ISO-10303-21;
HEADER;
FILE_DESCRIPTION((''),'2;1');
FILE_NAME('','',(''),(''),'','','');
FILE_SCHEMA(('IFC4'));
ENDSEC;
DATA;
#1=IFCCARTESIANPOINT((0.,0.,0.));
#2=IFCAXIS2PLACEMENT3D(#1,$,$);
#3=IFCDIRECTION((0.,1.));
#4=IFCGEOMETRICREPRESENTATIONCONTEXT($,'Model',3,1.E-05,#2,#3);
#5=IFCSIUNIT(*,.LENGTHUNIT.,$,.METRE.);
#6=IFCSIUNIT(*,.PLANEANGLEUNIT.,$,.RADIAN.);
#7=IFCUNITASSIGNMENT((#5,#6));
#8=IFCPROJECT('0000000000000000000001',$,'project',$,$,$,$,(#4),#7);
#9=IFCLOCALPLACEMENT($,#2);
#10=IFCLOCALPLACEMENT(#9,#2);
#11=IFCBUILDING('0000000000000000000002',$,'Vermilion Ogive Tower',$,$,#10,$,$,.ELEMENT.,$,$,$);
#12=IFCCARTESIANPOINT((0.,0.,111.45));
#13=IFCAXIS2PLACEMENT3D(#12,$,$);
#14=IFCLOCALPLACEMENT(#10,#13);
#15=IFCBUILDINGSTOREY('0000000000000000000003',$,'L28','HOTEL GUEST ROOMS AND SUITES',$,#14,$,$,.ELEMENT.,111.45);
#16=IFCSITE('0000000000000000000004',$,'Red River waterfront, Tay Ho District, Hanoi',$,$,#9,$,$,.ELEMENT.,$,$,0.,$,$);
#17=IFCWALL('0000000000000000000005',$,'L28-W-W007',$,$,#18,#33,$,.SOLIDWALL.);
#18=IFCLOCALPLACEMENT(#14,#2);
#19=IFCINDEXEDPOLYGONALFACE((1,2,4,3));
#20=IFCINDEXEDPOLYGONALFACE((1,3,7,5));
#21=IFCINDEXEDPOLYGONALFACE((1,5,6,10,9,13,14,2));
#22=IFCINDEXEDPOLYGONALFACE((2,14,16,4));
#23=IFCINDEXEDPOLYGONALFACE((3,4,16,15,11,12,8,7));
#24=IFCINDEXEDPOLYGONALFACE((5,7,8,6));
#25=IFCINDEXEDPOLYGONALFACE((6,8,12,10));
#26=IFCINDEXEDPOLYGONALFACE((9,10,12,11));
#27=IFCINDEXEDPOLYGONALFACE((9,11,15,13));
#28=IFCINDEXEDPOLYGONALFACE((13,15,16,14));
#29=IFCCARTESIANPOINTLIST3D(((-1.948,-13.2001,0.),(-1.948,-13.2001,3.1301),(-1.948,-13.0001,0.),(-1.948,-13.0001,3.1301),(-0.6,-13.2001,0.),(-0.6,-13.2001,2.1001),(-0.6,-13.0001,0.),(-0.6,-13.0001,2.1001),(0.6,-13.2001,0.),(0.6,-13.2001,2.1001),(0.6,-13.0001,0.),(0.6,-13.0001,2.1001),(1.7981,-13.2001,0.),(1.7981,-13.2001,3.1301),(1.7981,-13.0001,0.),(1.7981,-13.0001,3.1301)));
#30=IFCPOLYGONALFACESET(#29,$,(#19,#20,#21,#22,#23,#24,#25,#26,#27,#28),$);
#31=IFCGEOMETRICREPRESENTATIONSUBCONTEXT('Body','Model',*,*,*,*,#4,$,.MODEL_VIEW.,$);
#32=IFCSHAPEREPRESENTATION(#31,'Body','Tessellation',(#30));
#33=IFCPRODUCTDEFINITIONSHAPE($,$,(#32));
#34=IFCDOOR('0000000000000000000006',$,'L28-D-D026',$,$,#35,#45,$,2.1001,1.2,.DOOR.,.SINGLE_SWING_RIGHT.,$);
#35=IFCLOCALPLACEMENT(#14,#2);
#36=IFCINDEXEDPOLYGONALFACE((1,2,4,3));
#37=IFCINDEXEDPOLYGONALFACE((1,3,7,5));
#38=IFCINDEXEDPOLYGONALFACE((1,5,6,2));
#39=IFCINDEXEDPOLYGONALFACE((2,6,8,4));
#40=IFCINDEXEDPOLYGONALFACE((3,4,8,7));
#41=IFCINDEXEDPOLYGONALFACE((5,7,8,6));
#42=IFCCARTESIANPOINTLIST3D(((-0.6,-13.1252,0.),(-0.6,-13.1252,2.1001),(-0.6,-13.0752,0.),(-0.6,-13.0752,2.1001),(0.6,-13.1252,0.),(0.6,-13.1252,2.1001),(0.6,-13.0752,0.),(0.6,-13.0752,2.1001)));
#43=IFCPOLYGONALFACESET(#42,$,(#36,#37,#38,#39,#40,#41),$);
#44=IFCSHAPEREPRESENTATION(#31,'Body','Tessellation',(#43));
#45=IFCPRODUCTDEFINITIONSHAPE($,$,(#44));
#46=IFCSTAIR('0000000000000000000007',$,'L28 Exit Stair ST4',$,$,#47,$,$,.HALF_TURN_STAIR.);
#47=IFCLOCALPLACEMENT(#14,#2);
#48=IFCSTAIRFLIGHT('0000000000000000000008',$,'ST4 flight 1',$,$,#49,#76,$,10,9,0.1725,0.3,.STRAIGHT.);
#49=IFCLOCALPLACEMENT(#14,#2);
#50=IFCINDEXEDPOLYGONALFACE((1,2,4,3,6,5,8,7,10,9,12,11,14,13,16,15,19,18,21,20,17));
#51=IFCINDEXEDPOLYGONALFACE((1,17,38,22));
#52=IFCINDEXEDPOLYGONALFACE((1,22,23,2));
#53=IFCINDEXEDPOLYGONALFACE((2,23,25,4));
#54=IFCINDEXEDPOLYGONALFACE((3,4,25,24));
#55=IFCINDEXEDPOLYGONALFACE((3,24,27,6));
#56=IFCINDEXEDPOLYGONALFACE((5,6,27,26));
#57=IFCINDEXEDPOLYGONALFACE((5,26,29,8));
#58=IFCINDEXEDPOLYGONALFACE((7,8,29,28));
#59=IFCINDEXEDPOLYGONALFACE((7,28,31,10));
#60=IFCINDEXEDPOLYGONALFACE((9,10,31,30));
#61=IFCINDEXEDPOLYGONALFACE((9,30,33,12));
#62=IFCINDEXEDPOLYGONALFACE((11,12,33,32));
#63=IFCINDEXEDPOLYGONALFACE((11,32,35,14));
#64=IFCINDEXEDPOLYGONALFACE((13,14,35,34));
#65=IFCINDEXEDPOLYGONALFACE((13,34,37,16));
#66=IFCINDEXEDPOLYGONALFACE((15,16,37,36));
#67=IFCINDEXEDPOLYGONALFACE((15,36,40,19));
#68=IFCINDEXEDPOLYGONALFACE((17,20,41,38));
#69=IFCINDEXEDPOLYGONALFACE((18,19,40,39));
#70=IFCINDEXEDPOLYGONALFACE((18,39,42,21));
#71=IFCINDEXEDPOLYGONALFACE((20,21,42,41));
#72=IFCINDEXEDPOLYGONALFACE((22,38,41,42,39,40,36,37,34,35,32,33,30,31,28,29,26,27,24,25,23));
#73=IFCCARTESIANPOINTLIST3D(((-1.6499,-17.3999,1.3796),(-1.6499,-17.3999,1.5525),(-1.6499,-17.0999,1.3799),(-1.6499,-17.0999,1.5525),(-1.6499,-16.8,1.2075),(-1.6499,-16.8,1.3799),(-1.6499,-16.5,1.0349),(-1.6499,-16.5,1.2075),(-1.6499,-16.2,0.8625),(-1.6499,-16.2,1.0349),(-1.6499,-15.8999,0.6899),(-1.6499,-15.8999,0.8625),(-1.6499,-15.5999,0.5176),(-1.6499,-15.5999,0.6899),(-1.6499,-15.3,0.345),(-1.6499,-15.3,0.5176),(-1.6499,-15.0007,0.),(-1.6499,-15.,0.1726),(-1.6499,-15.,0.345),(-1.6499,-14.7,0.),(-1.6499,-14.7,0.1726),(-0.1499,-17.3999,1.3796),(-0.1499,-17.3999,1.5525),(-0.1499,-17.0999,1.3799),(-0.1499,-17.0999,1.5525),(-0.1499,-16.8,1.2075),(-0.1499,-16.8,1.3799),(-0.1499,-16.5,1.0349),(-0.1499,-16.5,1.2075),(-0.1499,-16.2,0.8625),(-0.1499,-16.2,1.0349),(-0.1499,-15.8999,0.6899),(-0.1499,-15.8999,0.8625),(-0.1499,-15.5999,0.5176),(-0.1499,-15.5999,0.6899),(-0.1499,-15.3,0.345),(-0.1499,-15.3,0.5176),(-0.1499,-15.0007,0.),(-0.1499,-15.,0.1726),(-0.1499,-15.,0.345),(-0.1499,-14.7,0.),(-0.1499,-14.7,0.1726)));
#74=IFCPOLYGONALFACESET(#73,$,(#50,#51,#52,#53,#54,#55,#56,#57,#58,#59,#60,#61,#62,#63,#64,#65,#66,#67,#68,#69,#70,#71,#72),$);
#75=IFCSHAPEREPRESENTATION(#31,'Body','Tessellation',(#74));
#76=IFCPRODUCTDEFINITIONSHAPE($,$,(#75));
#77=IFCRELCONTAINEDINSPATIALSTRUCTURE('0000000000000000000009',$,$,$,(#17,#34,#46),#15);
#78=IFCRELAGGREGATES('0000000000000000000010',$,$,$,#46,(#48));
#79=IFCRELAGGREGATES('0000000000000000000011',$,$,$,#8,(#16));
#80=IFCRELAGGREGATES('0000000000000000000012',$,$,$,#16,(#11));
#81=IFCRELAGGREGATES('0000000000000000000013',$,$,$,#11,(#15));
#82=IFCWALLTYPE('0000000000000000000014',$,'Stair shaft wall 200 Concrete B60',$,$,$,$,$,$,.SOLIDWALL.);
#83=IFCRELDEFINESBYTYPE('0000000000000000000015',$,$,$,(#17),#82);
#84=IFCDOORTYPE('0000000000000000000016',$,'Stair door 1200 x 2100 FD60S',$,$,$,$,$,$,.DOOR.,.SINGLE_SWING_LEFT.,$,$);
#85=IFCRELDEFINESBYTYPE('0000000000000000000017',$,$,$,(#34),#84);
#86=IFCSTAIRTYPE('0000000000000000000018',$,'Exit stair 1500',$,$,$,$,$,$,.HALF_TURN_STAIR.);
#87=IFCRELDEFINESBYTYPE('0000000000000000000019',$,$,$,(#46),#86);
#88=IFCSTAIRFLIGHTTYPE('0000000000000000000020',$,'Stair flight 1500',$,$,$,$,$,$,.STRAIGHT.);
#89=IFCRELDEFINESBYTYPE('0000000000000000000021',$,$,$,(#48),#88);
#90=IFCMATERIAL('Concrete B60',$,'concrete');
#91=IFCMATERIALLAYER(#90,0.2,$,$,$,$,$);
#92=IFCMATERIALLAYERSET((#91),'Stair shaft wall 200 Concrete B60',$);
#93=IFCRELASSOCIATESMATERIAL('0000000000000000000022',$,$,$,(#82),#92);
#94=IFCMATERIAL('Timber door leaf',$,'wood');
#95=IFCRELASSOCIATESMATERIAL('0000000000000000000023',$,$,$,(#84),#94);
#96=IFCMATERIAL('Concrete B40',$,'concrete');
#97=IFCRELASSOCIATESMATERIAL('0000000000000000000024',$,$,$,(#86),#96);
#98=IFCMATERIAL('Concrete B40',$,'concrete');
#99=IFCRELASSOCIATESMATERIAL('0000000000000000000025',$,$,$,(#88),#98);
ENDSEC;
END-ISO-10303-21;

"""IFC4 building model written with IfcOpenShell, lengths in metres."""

from ifc_helpers import new_model, si_unit, direction, frame, frame_2d, origin, place, context, subcontext, project, spatial, polyline, rectangle, outline, extrude, material, layer, layer_set, type_object, element, fill, aggregate, save


model = new_model("IFC4")

# Units and contexts
model_context = context("Model", 3, precision=1e-05, world=origin(), true_north=direction((0.0, 1.0)))
body_context = subcontext(model_context, "Body", "Model", "MODEL_VIEW")
ifc_project = project(units=[si_unit("LENGTHUNIT", "METRE"), si_unit("PLANEANGLEUNIT", "RADIAN")], contexts=[model_context])

# Site, building, storey
site_placement = place(None, origin())
site = spatial("IfcSite", under=ifc_project, at=site_placement, Name="Red River waterfront, Tay Ho District, Hanoi", CompositionType="ELEMENT", RefElevation=0.0)
building_placement = place(site_placement, origin())
building = spatial("IfcBuilding", under=site, at=building_placement, Name="Vermilion Ogive Tower", CompositionType="ELEMENT")
storey_placement = place(building_placement, frame((0.0, 0.0, 111.45)))
storey = spatial("IfcBuildingStorey", under=building, at=storey_placement, Name="L28", Description="HOTEL GUEST ROOMS AND SUITES", CompositionType="ELEMENT", Elevation=111.45)

# Wall, opening, door
ifc_material_1 = material(Name="Concrete B60", Category="concrete")
ifc_layer_1 = layer(ifc_material_1, 0.2)
ifc_layer_set_1 = layer_set([ifc_layer_1], Name="Stair shaft wall 200 Concrete B60")
wall_type_1 = type_object("IfcWallType", Name="Stair shaft wall 200 Concrete B60", PredefinedType="SOLIDWALL", material=ifc_layer_set_1)
wall_1_placement = place(storey_placement, frame((-1.948, -13.1001, 0.0), z_axis=(0.0, 0.0, 1.0), x_axis=(1.0, 0.0, 0.0)))
wall_1 = element("IfcWall", 1, at=wall_1_placement, inside=storey, type_object=wall_type_1, Name="L28-W-W007", PredefinedType="SOLIDWALL", context=body_context, shape_type="SweptSolid", body=[
    extrude(rectangle(XDim=3.7461, YDim=0.2, at=frame_2d((1.873, 0.0))), origin(), (0.0, 0.0, 1.0), 3.1301),
])
opening_1_placement = place(wall_1_placement, frame((1.3479, 0.0, 0.0)))
opening_1 = element("IfcOpeningElement", 2, at=opening_1_placement, cuts=wall_1, PredefinedType="OPENING", context=body_context, shape_type="SweptSolid", body=[
    extrude(rectangle(XDim=1.2, YDim=2.1001, at=frame_2d((0.6001, 1.05))), frame((0.0, 0.1099, 0.0), z_axis=(0.0, -1.0, 0.0), x_axis=(1.0, 0.0, 0.0)), (0.0, 0.0, 1.0), 0.22),
])
ifc_material_2 = material(Name="Timber door leaf", Category="wood")
door_type_1 = type_object("IfcDoorType", Name="Stair door 1200 x 2100 FD60S", OperationType="SINGLE_SWING_LEFT", PredefinedType="DOOR", material=ifc_material_2)
door_1_placement = place(opening_1_placement, origin())
door_1 = element("IfcDoor", 3, at=door_1_placement, inside=storey, type_object=door_type_1, Name="L28-D-D026", OperationType="SINGLE_SWING_RIGHT", OverallHeight=2.1001, OverallWidth=1.2, PredefinedType="DOOR", context=body_context, shape_type="SweptSolid", body=[
    extrude(rectangle(XDim=1.2, YDim=2.1001, at=frame_2d((0.6001, 1.05))), frame((0.0, 0.0249, 0.0), z_axis=(0.0, -1.0, 0.0), x_axis=(1.0, 0.0, 0.0)), (0.0, 0.0, 1.0), 0.05),
])
fill(opening_1, door_1)

# Stair, stair flight
ifc_material_3 = material(Name="Concrete B40", Category="concrete")
stair_type = type_object("IfcStairType", Name="Exit stair 1500", PredefinedType="HALF_TURN_STAIR", material=ifc_material_3)
stair_placement = place(storey_placement, origin())
stair = element("IfcStair", 4, at=stair_placement, inside=storey, type_object=stair_type, Name="L28 Exit Stair ST4", PredefinedType="HALF_TURN_STAIR")
ifc_material_4 = material(Name="Concrete B40", Category="concrete")
stair_flight_type = type_object("IfcStairFlightType", Name="Stair flight 1500", PredefinedType="STRAIGHT", material=ifc_material_4)
stair_flight_placement = place(storey_placement, frame((-0.8999, -14.7, 0.0), z_axis=(0.0, 0.0, 1.0), x_axis=(0.0, -1.0, 0.0)))
stair_flight = element("IfcStairFlight", 5, at=stair_flight_placement, type_object=stair_flight_type, Name="ST4 flight 1", NumberOfRisers=10, NumberOfTreads=9, PredefinedType="STRAIGHT", RiserHeight=0.1725, TreadLength=0.3, context=body_context, shape_type="SweptSolid", body=[
    extrude(outline(polyline([(0.0, 0.0), (0.0, 0.1726), (0.3, 0.1726), (0.3, 0.345), (0.6001, 0.345), (0.6001, 0.5176), (0.8999, 0.5176), (0.8999, 0.6899), (1.2, 0.6899), (1.2, 0.8625), (1.5, 0.8625), (1.5, 1.0349), (1.8, 1.0349), (1.8, 1.2075), (2.1001, 1.2075), (2.1001, 1.3799), (2.3999, 1.3799), (2.3999, 1.5525), (2.7, 1.5525), (2.7, 1.7251), (2.7, 1.3796), (0.3008, 0.0), (0.0, 0.0)])), frame((0.0, 0.75, 0.0), z_axis=(0.0, -1.0, 0.0), x_axis=(1.0, 0.0, 0.0)), (0.0, 0.0, 1.0), 1.5),
])
aggregate(stair, [stair_flight])

save(model, "model.ifc")
